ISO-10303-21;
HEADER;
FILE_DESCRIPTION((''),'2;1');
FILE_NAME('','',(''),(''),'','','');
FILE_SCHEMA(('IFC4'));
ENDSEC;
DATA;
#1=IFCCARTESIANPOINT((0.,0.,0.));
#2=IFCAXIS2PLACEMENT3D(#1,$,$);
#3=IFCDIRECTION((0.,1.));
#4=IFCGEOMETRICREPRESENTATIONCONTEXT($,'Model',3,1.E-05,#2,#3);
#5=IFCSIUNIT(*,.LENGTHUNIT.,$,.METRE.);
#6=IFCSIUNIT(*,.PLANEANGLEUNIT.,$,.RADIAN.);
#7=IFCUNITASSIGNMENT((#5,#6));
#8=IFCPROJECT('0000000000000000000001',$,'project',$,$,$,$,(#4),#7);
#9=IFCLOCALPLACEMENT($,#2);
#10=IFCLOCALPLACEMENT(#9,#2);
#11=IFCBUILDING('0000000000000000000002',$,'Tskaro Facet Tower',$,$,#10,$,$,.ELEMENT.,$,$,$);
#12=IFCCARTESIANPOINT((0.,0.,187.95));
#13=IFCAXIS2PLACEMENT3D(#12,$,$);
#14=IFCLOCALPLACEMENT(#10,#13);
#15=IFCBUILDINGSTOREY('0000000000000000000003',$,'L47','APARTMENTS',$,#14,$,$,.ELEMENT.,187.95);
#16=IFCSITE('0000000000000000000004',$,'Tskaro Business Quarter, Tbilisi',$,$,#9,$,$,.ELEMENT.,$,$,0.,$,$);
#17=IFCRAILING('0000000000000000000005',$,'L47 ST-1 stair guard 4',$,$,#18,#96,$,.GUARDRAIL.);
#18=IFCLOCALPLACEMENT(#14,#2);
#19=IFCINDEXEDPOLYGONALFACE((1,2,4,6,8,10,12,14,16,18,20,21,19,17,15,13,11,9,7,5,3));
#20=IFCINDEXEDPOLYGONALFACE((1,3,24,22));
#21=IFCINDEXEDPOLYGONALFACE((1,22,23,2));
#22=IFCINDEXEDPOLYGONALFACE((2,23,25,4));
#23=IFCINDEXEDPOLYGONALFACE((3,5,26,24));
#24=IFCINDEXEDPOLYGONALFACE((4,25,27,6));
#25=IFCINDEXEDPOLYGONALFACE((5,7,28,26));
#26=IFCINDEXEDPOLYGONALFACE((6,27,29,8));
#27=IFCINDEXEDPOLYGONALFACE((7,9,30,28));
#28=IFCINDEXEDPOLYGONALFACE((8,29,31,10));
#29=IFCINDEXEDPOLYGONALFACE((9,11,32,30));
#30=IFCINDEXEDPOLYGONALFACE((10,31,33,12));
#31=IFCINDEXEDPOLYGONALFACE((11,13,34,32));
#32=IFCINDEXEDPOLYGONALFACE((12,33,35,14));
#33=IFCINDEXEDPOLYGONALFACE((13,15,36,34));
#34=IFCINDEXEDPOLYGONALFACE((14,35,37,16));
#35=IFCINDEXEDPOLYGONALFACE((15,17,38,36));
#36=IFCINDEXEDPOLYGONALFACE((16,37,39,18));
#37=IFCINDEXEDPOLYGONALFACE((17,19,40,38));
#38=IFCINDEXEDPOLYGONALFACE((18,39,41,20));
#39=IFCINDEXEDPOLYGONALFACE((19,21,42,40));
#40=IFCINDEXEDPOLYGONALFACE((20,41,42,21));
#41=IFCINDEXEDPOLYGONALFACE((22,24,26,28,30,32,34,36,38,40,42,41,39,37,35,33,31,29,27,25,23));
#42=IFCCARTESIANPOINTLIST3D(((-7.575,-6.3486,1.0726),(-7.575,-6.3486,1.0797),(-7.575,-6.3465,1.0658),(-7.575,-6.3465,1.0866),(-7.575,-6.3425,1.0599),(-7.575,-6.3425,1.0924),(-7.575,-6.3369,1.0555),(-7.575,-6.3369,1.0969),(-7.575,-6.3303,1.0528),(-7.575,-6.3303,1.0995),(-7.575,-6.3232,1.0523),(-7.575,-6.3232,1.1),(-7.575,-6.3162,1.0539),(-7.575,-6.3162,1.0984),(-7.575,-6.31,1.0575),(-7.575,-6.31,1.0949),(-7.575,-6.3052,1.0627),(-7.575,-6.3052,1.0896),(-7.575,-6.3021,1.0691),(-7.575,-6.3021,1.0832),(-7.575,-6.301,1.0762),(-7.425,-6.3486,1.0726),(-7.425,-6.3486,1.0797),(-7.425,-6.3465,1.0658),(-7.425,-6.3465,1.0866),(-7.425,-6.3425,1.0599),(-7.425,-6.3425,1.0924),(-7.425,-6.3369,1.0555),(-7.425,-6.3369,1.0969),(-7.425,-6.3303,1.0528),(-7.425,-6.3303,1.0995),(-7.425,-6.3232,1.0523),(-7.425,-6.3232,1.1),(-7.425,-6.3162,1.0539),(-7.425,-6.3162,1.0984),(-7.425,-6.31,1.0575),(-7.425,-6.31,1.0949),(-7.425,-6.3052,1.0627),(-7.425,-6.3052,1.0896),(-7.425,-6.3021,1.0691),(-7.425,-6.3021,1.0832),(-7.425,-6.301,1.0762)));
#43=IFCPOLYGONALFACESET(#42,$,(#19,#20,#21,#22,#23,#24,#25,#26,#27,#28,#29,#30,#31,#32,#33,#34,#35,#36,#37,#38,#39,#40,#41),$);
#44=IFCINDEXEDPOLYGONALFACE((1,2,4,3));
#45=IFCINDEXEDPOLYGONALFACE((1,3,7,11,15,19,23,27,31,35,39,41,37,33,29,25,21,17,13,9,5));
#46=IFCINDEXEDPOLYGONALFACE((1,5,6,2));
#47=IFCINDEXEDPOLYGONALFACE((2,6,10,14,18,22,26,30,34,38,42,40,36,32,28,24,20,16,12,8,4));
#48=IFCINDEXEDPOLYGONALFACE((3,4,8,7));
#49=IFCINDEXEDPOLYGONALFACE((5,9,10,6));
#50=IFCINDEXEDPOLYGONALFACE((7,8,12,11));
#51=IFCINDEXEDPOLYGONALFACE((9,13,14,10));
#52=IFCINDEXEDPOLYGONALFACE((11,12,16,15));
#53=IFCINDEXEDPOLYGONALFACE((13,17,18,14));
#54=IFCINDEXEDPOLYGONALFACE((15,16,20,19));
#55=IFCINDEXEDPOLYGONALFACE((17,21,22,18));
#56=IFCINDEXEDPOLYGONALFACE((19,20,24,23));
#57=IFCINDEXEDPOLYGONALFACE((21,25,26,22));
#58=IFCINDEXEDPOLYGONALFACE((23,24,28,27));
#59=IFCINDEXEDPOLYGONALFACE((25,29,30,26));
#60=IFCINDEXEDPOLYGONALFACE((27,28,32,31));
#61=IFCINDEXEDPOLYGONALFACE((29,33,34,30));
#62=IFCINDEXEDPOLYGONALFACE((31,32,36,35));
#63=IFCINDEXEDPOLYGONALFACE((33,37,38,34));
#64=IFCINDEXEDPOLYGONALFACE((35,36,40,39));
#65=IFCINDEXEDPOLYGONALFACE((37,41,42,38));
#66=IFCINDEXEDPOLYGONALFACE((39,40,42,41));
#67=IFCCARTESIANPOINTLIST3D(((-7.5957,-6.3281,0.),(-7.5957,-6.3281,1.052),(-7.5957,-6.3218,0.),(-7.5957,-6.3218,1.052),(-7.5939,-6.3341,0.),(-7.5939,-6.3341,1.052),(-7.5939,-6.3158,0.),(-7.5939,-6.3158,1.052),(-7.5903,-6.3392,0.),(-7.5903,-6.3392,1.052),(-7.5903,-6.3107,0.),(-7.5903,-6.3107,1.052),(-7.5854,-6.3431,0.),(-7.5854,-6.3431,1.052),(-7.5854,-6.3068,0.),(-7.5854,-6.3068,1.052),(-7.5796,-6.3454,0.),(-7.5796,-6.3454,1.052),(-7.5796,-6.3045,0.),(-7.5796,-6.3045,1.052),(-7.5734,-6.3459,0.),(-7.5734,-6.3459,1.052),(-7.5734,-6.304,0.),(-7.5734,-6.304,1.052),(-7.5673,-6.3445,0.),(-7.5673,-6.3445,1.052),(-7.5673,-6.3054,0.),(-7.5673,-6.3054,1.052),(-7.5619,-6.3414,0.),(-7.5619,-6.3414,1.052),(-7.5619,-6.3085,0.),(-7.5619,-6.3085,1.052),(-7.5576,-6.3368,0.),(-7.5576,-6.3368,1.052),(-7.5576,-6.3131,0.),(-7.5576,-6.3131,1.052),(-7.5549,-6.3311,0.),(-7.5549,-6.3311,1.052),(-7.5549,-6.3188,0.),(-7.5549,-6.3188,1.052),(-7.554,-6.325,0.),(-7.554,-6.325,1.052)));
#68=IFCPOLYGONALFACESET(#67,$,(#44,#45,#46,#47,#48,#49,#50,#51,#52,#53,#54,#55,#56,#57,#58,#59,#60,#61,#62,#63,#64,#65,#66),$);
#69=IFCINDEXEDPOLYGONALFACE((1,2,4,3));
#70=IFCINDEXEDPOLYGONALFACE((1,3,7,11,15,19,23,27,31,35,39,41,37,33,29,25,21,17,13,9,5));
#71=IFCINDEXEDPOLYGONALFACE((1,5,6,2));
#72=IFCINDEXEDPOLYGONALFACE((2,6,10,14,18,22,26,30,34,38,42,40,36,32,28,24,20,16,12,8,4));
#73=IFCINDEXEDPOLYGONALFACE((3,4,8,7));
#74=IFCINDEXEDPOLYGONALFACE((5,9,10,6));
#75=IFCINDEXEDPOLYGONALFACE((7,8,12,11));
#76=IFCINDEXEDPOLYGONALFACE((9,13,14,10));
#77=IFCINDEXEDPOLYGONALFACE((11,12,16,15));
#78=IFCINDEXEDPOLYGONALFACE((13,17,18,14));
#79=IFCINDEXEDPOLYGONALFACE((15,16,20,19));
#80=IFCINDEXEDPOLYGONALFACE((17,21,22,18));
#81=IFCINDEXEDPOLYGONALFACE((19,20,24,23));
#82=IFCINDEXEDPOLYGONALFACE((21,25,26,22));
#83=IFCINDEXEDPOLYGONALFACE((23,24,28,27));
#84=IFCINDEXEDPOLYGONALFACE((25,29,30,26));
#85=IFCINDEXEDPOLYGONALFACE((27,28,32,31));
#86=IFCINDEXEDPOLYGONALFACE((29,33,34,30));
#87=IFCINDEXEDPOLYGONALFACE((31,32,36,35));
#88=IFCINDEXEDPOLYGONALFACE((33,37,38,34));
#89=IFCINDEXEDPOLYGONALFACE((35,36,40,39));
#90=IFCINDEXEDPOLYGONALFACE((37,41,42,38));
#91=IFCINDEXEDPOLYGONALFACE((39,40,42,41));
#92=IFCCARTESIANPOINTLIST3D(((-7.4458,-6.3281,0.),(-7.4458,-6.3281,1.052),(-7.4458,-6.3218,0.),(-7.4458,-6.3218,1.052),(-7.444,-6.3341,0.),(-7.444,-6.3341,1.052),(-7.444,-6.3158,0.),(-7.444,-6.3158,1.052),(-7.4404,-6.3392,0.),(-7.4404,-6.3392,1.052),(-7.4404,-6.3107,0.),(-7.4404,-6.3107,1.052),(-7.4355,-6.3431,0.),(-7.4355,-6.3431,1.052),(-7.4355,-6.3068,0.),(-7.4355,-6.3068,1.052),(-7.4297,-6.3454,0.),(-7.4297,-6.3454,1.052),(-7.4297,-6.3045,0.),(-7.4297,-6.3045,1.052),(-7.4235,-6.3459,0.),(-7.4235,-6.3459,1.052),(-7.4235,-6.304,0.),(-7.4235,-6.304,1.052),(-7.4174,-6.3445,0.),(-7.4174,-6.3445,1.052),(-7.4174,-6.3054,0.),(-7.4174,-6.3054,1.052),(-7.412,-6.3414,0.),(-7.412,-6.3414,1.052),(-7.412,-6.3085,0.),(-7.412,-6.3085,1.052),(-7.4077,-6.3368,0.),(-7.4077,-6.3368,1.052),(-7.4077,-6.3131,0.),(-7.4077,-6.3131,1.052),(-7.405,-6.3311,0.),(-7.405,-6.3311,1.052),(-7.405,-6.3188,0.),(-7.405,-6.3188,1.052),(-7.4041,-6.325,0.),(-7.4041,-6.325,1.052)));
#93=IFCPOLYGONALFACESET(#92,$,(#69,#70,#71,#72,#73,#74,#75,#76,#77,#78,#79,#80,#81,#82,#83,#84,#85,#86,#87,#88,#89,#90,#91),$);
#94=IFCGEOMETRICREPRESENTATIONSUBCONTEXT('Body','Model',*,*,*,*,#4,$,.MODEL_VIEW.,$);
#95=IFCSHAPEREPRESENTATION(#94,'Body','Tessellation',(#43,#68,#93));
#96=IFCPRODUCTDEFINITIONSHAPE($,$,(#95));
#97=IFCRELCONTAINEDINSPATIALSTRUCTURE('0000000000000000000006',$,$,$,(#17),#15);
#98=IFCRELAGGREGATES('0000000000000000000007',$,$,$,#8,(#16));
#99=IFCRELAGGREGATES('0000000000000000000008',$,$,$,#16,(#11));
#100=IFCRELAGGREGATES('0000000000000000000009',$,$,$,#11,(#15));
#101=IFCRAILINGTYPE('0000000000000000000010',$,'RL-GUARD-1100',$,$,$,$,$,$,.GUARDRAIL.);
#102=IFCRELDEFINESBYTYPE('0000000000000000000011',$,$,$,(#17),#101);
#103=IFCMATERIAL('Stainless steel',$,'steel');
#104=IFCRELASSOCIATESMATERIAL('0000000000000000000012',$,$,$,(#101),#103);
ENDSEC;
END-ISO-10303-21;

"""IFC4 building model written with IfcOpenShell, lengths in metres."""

from ifc_helpers import new_model, si_unit, direction, frame, origin, origin_2d, place, context, subcontext, project, spatial, circle, extrude, material, type_object, element, save


model = new_model("IFC4")

# Units and contexts
model_context = context("Model", 3, precision=1e-05, world=origin(), true_north=direction((0.0, 1.0)))
body_context = subcontext(model_context, "Body", "Model", "MODEL_VIEW")
ifc_project = project(units=[si_unit("LENGTHUNIT", "METRE"), si_unit("PLANEANGLEUNIT", "RADIAN")], contexts=[model_context])

# Site, building, storey
site_placement = place(None, origin())
site = spatial("IfcSite", under=ifc_project, at=site_placement, Name="Tskaro Business Quarter, Tbilisi", CompositionType="ELEMENT", RefElevation=0.0)
building_placement = place(site_placement, origin())
building = spatial("IfcBuilding", under=site, at=building_placement, Name="Tskaro Facet Tower", CompositionType="ELEMENT")
storey_placement = place(building_placement, frame((0.0, 0.0, 187.95)))
storey = spatial("IfcBuildingStorey", under=building, at=storey_placement, Name="L47", Description="APARTMENTS", CompositionType="ELEMENT", Elevation=187.95)

# Shared definitions
ifc_material_1 = material(Name="Stainless steel", Category="steel")

# Railing
railing_type_1 = type_object("IfcRailingType", Name="RL-GUARD-1100", PredefinedType="GUARDRAIL", material=ifc_material_1)
railing_1_placement = place(storey_placement, frame((-7.575, -6.325, 0.0)))
element("IfcRailing", 1, at=railing_1_placement, inside=storey, type_object=railing_type_1, Name="L47 ST-1 stair guard 4", PredefinedType="GUARDRAIL", context=body_context, shape_type="SweptSolid", body=[
    extrude(circle(Radius=0.0239, at=origin_2d()), frame((0.0, 0.0, 1.0762), z_axis=(1.0, 0.0, 0.0), x_axis=(0.0, 1.0, 0.0)), (0.0, 0.0, 1.0), 0.1499),
    extrude(circle(Radius=0.021, at=origin_2d()), origin(), (0.0, 0.0, 1.0), 1.052),
    extrude(circle(Radius=0.021, at=origin_2d()), frame((0.1499, 0.0, 0.0)), (0.0, 0.0, 1.0), 1.052),
])

save(model, "model.ifc")
